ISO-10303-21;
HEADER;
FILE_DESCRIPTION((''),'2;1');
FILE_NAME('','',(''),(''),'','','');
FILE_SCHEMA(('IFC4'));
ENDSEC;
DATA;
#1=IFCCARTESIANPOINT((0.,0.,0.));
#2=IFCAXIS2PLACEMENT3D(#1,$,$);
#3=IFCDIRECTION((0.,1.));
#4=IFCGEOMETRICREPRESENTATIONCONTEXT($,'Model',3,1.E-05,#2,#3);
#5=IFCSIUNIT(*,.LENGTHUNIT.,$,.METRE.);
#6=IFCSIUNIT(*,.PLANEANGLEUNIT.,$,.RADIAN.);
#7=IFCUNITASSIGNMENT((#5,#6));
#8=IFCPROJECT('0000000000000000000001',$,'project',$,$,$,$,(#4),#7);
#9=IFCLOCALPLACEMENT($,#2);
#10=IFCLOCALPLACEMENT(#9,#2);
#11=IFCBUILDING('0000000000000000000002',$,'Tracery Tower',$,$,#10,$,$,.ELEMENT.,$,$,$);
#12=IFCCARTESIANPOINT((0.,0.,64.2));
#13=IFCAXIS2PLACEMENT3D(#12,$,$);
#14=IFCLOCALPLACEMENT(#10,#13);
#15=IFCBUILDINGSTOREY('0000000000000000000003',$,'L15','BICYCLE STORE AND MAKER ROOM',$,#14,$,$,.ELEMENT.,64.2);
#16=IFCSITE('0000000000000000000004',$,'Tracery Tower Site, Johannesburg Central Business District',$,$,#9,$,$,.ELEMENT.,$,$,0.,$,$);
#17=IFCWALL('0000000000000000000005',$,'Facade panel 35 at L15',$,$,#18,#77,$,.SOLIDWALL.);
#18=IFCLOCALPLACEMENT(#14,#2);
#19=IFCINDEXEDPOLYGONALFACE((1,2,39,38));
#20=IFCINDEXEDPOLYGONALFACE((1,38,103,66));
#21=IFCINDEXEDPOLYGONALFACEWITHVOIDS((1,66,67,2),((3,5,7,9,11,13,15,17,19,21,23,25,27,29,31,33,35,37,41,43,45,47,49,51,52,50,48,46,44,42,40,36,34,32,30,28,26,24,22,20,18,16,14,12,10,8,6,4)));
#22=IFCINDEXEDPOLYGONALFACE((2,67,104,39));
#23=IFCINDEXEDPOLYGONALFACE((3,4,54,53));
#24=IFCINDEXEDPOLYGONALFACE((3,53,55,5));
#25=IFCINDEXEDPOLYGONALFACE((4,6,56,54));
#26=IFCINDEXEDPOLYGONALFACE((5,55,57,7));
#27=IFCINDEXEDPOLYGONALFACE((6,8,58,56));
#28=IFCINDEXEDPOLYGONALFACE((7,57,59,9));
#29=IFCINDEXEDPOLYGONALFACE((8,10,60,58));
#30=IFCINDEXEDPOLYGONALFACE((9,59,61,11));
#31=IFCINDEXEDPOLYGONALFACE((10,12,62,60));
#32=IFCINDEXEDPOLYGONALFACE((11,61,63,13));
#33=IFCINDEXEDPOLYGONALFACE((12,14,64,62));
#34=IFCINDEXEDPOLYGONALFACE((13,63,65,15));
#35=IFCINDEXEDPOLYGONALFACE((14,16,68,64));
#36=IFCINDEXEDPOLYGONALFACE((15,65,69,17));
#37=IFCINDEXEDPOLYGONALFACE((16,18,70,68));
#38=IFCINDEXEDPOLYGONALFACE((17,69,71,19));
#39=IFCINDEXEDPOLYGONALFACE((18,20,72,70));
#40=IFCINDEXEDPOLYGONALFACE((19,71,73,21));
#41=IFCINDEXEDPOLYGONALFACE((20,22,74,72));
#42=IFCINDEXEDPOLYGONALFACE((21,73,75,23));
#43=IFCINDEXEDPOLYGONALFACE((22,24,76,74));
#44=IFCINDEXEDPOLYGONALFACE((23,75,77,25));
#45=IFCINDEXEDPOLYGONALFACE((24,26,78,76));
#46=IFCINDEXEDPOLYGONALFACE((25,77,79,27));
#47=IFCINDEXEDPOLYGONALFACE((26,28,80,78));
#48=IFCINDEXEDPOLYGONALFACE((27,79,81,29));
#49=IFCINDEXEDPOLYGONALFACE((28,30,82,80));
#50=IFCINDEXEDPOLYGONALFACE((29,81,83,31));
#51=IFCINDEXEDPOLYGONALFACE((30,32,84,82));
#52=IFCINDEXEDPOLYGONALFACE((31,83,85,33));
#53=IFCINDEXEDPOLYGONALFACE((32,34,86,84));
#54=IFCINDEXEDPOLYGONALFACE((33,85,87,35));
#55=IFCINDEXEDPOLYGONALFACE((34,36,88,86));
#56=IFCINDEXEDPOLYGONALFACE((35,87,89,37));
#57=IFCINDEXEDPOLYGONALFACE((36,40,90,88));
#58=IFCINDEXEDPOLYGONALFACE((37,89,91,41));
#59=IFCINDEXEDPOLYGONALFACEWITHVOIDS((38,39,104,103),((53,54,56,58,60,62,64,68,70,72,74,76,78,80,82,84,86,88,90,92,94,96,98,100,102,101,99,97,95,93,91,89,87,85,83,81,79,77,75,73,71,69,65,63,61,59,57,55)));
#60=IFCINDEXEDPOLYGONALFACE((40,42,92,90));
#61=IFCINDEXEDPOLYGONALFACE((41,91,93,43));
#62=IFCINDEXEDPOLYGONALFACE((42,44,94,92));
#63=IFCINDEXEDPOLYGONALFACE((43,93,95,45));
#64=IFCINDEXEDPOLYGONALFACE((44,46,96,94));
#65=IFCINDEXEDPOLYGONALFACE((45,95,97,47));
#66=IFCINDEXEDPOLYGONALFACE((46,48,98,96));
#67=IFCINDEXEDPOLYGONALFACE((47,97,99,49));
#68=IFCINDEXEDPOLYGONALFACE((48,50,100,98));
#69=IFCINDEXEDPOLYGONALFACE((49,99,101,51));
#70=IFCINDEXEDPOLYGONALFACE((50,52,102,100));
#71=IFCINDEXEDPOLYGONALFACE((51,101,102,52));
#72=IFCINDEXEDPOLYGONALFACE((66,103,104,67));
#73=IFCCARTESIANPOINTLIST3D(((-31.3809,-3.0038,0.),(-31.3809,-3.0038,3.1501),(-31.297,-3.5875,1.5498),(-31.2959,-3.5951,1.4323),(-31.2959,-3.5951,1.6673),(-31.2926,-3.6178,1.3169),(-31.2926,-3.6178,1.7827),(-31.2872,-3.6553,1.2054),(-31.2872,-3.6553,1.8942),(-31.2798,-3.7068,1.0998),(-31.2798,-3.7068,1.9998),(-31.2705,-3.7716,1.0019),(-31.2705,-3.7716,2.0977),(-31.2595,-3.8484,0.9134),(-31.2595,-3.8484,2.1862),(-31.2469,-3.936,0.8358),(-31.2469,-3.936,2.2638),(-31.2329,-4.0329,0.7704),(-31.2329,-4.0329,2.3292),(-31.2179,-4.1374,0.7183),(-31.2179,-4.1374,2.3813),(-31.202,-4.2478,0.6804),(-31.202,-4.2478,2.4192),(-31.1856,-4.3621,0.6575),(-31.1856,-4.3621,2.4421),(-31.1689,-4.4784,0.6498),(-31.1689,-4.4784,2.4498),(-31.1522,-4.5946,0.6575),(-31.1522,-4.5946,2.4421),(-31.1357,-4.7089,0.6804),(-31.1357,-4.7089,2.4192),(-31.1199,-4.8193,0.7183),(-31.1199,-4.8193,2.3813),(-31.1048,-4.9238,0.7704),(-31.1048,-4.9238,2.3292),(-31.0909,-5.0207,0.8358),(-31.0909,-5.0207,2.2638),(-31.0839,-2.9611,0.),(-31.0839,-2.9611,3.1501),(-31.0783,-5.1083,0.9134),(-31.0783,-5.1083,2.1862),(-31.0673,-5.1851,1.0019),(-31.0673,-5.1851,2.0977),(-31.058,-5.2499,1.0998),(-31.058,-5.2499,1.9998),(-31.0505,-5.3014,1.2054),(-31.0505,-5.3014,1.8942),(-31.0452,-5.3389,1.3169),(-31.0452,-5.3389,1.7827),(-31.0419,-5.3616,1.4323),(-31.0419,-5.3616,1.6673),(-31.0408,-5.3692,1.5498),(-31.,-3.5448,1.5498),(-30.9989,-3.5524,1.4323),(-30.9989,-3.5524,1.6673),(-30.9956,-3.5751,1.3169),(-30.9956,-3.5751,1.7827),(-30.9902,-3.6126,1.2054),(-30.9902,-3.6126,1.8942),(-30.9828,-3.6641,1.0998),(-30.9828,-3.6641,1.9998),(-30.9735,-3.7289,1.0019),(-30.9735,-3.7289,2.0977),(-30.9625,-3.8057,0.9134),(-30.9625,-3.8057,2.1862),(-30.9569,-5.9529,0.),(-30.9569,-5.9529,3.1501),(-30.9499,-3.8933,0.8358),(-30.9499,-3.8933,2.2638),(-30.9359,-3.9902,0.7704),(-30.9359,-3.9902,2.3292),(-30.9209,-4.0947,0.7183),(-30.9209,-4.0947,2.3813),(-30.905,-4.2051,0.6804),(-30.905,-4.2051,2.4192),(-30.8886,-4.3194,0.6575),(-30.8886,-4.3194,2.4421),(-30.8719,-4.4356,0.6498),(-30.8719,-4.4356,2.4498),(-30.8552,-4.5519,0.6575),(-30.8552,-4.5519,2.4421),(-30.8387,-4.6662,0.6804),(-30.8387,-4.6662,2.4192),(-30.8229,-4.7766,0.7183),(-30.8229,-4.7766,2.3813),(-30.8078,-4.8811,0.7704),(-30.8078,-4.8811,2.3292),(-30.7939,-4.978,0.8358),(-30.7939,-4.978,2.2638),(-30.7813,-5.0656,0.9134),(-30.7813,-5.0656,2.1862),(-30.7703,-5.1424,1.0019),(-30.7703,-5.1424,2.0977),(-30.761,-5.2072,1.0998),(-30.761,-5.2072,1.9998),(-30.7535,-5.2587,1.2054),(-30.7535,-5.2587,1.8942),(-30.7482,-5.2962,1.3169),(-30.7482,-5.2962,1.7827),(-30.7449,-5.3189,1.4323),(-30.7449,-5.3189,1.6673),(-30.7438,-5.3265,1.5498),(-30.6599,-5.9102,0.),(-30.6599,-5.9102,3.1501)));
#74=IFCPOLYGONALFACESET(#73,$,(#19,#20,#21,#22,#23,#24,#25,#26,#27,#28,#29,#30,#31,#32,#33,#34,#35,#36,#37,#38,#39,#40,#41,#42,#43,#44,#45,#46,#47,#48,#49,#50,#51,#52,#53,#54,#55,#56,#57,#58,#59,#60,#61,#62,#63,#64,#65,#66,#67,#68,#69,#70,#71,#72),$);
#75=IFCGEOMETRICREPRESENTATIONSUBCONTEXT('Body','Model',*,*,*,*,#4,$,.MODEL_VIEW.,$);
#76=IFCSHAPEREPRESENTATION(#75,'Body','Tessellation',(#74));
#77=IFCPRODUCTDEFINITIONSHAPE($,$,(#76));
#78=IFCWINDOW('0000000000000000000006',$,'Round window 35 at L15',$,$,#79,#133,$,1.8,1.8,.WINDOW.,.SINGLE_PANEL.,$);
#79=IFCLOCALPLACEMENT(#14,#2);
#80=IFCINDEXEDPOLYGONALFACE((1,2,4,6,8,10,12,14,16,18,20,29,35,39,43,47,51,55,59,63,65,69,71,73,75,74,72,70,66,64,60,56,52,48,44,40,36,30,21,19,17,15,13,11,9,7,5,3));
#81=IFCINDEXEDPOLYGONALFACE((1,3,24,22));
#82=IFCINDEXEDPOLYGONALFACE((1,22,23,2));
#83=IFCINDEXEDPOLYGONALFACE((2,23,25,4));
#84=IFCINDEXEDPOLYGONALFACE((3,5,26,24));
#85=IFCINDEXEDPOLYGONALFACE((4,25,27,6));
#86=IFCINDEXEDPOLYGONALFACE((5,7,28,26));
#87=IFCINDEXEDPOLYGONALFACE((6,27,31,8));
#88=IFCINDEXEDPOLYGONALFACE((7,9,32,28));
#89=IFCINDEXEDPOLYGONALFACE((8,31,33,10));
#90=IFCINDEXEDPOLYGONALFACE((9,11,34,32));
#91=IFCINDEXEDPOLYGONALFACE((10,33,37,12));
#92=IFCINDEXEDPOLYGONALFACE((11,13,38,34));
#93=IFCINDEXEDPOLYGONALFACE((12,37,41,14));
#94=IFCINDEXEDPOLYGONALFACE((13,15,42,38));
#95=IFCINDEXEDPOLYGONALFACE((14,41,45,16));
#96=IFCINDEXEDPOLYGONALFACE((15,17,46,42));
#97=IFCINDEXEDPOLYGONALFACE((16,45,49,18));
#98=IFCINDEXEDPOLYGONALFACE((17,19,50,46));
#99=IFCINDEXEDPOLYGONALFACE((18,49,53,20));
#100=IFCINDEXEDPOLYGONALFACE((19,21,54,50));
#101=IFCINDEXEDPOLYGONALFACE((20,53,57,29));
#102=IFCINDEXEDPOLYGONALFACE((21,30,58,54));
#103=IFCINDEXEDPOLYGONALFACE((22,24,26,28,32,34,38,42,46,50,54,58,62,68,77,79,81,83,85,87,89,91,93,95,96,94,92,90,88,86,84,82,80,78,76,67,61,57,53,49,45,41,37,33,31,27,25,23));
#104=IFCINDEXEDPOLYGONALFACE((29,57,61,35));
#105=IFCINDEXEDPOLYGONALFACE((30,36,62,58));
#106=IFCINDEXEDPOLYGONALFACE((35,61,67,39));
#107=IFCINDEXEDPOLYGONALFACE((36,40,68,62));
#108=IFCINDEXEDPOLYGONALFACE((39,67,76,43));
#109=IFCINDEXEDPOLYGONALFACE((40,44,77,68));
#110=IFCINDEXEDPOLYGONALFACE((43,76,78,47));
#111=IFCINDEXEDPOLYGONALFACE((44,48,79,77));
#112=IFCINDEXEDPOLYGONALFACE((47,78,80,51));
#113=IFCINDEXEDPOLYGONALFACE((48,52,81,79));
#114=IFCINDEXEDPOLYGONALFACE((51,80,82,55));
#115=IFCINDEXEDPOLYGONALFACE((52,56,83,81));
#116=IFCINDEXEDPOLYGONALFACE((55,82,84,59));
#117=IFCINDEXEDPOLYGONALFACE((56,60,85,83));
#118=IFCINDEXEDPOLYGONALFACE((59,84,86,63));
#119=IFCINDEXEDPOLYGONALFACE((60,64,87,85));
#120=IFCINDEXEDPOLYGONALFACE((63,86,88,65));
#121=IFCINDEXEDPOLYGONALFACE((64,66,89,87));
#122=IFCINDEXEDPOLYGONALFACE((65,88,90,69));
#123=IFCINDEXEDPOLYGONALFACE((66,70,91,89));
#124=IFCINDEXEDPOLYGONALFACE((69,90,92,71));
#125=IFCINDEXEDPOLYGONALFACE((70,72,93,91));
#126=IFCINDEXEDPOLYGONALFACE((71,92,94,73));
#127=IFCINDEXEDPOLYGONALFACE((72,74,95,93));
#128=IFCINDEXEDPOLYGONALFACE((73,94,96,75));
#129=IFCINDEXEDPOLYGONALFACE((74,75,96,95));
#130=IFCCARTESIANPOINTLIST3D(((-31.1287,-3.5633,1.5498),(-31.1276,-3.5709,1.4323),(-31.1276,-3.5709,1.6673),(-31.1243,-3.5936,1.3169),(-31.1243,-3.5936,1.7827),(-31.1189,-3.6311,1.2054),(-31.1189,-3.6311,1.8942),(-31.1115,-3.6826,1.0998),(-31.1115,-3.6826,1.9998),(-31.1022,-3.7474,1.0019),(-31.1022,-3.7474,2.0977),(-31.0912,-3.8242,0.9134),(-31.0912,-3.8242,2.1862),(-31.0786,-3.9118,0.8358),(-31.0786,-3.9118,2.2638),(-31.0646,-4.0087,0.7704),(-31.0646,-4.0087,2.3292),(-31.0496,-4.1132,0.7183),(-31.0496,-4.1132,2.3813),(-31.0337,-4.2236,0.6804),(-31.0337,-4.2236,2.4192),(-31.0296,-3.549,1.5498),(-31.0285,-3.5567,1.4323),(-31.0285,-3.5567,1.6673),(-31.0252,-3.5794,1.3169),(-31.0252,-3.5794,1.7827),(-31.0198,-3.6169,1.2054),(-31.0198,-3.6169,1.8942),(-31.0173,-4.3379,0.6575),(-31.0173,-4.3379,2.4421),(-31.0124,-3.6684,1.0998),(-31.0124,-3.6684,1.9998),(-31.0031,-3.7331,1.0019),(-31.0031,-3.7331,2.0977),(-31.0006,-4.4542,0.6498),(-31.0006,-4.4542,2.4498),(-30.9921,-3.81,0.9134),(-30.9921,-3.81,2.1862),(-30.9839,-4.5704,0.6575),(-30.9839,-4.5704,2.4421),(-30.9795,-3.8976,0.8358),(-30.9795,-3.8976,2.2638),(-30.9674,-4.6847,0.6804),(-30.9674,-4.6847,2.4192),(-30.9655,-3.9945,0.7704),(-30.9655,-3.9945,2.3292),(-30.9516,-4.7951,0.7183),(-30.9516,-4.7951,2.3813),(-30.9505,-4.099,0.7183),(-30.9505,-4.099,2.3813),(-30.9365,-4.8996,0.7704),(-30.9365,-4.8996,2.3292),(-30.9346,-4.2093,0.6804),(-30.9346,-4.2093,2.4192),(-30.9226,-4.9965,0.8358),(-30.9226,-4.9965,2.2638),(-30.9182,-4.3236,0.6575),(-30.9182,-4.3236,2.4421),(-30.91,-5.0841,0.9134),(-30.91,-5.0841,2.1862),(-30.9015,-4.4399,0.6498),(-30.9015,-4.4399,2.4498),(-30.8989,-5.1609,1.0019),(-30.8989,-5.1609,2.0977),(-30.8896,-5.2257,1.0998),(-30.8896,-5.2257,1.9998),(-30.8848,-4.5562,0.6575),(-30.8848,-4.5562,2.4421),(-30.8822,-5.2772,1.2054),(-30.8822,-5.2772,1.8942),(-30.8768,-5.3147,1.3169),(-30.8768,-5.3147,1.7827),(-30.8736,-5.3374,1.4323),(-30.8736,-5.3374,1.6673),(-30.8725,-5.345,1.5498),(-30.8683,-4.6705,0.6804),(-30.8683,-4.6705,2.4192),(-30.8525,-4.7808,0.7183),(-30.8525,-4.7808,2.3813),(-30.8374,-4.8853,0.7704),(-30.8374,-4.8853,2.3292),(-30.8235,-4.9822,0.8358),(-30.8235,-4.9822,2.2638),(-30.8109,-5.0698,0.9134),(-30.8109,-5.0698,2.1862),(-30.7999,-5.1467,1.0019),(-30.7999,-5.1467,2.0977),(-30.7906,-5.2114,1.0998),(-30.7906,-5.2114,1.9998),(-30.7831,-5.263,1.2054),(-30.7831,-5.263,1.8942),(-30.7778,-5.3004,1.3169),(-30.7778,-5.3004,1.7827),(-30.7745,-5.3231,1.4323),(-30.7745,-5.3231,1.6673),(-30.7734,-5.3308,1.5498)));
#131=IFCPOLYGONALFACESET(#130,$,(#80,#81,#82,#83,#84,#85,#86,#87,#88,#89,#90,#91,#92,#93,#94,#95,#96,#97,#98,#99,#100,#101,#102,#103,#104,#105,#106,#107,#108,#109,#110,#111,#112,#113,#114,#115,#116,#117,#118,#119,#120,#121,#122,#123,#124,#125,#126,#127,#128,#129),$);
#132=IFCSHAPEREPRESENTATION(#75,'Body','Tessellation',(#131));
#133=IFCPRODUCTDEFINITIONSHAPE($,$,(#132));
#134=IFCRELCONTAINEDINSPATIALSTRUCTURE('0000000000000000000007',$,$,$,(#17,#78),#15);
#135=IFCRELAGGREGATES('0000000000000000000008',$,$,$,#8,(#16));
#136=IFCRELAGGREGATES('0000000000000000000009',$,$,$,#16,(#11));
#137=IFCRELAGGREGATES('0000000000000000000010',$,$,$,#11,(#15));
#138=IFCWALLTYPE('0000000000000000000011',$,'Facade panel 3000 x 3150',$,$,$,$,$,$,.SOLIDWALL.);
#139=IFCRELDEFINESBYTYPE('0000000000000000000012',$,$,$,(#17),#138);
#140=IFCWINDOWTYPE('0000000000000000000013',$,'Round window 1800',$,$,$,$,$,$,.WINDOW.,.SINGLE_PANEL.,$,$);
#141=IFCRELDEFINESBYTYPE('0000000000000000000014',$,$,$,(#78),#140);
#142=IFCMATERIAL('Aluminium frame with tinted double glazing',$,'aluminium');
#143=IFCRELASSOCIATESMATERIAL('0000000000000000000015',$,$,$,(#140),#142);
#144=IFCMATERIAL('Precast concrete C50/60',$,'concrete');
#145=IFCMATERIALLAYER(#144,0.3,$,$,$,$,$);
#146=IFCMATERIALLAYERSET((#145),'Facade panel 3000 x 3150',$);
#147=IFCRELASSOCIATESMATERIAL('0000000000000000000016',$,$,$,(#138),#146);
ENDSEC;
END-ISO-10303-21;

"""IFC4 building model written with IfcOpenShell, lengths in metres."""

from ifc_helpers import new_model, si_unit, direction, frame, frame_2d, origin, origin_2d, place, context, subcontext, project, spatial, rectangle, circle, extrude, material, layer, layer_set, type_object, element, fill, save


model = new_model("IFC4")

# Units and contexts
model_context = context("Model", 3, precision=1e-05, world=origin(), true_north=direction((0.0, 1.0)))
body_context = subcontext(model_context, "Body", "Model", "MODEL_VIEW")
ifc_project = project(units=[si_unit("LENGTHUNIT", "METRE"), si_unit("PLANEANGLEUNIT", "RADIAN")], contexts=[model_context])

# Site, building, storey
site_placement = place(None, origin())
site = spatial("IfcSite", under=ifc_project, at=site_placement, Name="Tracery Tower Site, Johannesburg Central Business District", CompositionType="ELEMENT", RefElevation=0.0)
building_placement = place(site_placement, origin())
building = spatial("IfcBuilding", under=site, at=building_placement, Name="Tracery Tower", CompositionType="ELEMENT")
storey_placement = place(building_placement, frame((0.0, 0.0, 64.2)))
storey = spatial("IfcBuildingStorey", under=building, at=storey_placement, Name="L15", Description="BICYCLE STORE AND MAKER ROOM", CompositionType="ELEMENT", Elevation=64.2)

# Wall, opening, window
ifc_material_1 = material(Name="Aluminium frame with tinted double glazing", Category="aluminium")
window_type = type_object("IfcWindowType", Name="Round window 1800", PartitioningType="SINGLE_PANEL", PredefinedType="WINDOW", material=ifc_material_1)
ifc_material_2 = material(Name="Precast concrete C50/60", Category="concrete")
ifc_layer_1 = layer(ifc_material_2, 0.3)
ifc_layer_set_1 = layer_set([ifc_layer_1], Name="Facade panel 3000 x 3150")
wall_type_1 = type_object("IfcWallType", Name="Facade panel 3000 x 3150", PredefinedType="SOLIDWALL", material=ifc_layer_set_1)
wall_1_placement = place(storey_placement, frame((-31.2324, -2.9824, 0.0), z_axis=(0.0, 0.0, 1.0), x_axis=(0.142328, -0.98982, 0.0)))
wall_1 = element("IfcWall", 1, at=wall_1_placement, inside=storey, type_object=wall_type_1, Name="Facade panel 35 at L15", PredefinedType="SOLIDWALL", context=body_context, shape_type="SweptSolid", body=[
    extrude(rectangle(XDim=2.9795, YDim=0.3, at=frame_2d((1.4897, 0.0))), origin(), (0.0, 0.0, 1.0), 3.1501),
])
opening_1_placement = place(wall_1_placement, frame((1.4897, 0.0, 1.5498)))
opening_1 = element("IfcOpeningElement", 2, at=opening_1_placement, cuts=wall_1, PredefinedType="OPENING", context=body_context, shape_type="SweptSolid", body=[
    extrude(circle(Radius=0.9, at=origin_2d()), frame((0.0, 0.1599, 0.0), z_axis=(0.0, -1.0, 0.0), x_axis=(1.0, 0.0, 0.0)), (0.0, 0.0, 1.0), 0.3201),
])
window_1_placement = place(opening_1_placement, origin())
window_1 = element("IfcWindow", 3, at=window_1_placement, inside=storey, type_object=window_type, Name="Round window 35 at L15", OverallHeight=1.8, OverallWidth=1.8, PartitioningType="SINGLE_PANEL", PredefinedType="WINDOW", context=body_context, shape_type="SweptSolid", body=[
    extrude(circle(Radius=0.9, at=origin_2d()), frame((0.0, 0.1201, 0.0), z_axis=(0.0, -1.0, 0.0), x_axis=(1.0, 0.0, 0.0)), (0.0, 0.0, 1.0), 0.1001),
])
fill(opening_1, window_1)

save(model, "model.ifc")
